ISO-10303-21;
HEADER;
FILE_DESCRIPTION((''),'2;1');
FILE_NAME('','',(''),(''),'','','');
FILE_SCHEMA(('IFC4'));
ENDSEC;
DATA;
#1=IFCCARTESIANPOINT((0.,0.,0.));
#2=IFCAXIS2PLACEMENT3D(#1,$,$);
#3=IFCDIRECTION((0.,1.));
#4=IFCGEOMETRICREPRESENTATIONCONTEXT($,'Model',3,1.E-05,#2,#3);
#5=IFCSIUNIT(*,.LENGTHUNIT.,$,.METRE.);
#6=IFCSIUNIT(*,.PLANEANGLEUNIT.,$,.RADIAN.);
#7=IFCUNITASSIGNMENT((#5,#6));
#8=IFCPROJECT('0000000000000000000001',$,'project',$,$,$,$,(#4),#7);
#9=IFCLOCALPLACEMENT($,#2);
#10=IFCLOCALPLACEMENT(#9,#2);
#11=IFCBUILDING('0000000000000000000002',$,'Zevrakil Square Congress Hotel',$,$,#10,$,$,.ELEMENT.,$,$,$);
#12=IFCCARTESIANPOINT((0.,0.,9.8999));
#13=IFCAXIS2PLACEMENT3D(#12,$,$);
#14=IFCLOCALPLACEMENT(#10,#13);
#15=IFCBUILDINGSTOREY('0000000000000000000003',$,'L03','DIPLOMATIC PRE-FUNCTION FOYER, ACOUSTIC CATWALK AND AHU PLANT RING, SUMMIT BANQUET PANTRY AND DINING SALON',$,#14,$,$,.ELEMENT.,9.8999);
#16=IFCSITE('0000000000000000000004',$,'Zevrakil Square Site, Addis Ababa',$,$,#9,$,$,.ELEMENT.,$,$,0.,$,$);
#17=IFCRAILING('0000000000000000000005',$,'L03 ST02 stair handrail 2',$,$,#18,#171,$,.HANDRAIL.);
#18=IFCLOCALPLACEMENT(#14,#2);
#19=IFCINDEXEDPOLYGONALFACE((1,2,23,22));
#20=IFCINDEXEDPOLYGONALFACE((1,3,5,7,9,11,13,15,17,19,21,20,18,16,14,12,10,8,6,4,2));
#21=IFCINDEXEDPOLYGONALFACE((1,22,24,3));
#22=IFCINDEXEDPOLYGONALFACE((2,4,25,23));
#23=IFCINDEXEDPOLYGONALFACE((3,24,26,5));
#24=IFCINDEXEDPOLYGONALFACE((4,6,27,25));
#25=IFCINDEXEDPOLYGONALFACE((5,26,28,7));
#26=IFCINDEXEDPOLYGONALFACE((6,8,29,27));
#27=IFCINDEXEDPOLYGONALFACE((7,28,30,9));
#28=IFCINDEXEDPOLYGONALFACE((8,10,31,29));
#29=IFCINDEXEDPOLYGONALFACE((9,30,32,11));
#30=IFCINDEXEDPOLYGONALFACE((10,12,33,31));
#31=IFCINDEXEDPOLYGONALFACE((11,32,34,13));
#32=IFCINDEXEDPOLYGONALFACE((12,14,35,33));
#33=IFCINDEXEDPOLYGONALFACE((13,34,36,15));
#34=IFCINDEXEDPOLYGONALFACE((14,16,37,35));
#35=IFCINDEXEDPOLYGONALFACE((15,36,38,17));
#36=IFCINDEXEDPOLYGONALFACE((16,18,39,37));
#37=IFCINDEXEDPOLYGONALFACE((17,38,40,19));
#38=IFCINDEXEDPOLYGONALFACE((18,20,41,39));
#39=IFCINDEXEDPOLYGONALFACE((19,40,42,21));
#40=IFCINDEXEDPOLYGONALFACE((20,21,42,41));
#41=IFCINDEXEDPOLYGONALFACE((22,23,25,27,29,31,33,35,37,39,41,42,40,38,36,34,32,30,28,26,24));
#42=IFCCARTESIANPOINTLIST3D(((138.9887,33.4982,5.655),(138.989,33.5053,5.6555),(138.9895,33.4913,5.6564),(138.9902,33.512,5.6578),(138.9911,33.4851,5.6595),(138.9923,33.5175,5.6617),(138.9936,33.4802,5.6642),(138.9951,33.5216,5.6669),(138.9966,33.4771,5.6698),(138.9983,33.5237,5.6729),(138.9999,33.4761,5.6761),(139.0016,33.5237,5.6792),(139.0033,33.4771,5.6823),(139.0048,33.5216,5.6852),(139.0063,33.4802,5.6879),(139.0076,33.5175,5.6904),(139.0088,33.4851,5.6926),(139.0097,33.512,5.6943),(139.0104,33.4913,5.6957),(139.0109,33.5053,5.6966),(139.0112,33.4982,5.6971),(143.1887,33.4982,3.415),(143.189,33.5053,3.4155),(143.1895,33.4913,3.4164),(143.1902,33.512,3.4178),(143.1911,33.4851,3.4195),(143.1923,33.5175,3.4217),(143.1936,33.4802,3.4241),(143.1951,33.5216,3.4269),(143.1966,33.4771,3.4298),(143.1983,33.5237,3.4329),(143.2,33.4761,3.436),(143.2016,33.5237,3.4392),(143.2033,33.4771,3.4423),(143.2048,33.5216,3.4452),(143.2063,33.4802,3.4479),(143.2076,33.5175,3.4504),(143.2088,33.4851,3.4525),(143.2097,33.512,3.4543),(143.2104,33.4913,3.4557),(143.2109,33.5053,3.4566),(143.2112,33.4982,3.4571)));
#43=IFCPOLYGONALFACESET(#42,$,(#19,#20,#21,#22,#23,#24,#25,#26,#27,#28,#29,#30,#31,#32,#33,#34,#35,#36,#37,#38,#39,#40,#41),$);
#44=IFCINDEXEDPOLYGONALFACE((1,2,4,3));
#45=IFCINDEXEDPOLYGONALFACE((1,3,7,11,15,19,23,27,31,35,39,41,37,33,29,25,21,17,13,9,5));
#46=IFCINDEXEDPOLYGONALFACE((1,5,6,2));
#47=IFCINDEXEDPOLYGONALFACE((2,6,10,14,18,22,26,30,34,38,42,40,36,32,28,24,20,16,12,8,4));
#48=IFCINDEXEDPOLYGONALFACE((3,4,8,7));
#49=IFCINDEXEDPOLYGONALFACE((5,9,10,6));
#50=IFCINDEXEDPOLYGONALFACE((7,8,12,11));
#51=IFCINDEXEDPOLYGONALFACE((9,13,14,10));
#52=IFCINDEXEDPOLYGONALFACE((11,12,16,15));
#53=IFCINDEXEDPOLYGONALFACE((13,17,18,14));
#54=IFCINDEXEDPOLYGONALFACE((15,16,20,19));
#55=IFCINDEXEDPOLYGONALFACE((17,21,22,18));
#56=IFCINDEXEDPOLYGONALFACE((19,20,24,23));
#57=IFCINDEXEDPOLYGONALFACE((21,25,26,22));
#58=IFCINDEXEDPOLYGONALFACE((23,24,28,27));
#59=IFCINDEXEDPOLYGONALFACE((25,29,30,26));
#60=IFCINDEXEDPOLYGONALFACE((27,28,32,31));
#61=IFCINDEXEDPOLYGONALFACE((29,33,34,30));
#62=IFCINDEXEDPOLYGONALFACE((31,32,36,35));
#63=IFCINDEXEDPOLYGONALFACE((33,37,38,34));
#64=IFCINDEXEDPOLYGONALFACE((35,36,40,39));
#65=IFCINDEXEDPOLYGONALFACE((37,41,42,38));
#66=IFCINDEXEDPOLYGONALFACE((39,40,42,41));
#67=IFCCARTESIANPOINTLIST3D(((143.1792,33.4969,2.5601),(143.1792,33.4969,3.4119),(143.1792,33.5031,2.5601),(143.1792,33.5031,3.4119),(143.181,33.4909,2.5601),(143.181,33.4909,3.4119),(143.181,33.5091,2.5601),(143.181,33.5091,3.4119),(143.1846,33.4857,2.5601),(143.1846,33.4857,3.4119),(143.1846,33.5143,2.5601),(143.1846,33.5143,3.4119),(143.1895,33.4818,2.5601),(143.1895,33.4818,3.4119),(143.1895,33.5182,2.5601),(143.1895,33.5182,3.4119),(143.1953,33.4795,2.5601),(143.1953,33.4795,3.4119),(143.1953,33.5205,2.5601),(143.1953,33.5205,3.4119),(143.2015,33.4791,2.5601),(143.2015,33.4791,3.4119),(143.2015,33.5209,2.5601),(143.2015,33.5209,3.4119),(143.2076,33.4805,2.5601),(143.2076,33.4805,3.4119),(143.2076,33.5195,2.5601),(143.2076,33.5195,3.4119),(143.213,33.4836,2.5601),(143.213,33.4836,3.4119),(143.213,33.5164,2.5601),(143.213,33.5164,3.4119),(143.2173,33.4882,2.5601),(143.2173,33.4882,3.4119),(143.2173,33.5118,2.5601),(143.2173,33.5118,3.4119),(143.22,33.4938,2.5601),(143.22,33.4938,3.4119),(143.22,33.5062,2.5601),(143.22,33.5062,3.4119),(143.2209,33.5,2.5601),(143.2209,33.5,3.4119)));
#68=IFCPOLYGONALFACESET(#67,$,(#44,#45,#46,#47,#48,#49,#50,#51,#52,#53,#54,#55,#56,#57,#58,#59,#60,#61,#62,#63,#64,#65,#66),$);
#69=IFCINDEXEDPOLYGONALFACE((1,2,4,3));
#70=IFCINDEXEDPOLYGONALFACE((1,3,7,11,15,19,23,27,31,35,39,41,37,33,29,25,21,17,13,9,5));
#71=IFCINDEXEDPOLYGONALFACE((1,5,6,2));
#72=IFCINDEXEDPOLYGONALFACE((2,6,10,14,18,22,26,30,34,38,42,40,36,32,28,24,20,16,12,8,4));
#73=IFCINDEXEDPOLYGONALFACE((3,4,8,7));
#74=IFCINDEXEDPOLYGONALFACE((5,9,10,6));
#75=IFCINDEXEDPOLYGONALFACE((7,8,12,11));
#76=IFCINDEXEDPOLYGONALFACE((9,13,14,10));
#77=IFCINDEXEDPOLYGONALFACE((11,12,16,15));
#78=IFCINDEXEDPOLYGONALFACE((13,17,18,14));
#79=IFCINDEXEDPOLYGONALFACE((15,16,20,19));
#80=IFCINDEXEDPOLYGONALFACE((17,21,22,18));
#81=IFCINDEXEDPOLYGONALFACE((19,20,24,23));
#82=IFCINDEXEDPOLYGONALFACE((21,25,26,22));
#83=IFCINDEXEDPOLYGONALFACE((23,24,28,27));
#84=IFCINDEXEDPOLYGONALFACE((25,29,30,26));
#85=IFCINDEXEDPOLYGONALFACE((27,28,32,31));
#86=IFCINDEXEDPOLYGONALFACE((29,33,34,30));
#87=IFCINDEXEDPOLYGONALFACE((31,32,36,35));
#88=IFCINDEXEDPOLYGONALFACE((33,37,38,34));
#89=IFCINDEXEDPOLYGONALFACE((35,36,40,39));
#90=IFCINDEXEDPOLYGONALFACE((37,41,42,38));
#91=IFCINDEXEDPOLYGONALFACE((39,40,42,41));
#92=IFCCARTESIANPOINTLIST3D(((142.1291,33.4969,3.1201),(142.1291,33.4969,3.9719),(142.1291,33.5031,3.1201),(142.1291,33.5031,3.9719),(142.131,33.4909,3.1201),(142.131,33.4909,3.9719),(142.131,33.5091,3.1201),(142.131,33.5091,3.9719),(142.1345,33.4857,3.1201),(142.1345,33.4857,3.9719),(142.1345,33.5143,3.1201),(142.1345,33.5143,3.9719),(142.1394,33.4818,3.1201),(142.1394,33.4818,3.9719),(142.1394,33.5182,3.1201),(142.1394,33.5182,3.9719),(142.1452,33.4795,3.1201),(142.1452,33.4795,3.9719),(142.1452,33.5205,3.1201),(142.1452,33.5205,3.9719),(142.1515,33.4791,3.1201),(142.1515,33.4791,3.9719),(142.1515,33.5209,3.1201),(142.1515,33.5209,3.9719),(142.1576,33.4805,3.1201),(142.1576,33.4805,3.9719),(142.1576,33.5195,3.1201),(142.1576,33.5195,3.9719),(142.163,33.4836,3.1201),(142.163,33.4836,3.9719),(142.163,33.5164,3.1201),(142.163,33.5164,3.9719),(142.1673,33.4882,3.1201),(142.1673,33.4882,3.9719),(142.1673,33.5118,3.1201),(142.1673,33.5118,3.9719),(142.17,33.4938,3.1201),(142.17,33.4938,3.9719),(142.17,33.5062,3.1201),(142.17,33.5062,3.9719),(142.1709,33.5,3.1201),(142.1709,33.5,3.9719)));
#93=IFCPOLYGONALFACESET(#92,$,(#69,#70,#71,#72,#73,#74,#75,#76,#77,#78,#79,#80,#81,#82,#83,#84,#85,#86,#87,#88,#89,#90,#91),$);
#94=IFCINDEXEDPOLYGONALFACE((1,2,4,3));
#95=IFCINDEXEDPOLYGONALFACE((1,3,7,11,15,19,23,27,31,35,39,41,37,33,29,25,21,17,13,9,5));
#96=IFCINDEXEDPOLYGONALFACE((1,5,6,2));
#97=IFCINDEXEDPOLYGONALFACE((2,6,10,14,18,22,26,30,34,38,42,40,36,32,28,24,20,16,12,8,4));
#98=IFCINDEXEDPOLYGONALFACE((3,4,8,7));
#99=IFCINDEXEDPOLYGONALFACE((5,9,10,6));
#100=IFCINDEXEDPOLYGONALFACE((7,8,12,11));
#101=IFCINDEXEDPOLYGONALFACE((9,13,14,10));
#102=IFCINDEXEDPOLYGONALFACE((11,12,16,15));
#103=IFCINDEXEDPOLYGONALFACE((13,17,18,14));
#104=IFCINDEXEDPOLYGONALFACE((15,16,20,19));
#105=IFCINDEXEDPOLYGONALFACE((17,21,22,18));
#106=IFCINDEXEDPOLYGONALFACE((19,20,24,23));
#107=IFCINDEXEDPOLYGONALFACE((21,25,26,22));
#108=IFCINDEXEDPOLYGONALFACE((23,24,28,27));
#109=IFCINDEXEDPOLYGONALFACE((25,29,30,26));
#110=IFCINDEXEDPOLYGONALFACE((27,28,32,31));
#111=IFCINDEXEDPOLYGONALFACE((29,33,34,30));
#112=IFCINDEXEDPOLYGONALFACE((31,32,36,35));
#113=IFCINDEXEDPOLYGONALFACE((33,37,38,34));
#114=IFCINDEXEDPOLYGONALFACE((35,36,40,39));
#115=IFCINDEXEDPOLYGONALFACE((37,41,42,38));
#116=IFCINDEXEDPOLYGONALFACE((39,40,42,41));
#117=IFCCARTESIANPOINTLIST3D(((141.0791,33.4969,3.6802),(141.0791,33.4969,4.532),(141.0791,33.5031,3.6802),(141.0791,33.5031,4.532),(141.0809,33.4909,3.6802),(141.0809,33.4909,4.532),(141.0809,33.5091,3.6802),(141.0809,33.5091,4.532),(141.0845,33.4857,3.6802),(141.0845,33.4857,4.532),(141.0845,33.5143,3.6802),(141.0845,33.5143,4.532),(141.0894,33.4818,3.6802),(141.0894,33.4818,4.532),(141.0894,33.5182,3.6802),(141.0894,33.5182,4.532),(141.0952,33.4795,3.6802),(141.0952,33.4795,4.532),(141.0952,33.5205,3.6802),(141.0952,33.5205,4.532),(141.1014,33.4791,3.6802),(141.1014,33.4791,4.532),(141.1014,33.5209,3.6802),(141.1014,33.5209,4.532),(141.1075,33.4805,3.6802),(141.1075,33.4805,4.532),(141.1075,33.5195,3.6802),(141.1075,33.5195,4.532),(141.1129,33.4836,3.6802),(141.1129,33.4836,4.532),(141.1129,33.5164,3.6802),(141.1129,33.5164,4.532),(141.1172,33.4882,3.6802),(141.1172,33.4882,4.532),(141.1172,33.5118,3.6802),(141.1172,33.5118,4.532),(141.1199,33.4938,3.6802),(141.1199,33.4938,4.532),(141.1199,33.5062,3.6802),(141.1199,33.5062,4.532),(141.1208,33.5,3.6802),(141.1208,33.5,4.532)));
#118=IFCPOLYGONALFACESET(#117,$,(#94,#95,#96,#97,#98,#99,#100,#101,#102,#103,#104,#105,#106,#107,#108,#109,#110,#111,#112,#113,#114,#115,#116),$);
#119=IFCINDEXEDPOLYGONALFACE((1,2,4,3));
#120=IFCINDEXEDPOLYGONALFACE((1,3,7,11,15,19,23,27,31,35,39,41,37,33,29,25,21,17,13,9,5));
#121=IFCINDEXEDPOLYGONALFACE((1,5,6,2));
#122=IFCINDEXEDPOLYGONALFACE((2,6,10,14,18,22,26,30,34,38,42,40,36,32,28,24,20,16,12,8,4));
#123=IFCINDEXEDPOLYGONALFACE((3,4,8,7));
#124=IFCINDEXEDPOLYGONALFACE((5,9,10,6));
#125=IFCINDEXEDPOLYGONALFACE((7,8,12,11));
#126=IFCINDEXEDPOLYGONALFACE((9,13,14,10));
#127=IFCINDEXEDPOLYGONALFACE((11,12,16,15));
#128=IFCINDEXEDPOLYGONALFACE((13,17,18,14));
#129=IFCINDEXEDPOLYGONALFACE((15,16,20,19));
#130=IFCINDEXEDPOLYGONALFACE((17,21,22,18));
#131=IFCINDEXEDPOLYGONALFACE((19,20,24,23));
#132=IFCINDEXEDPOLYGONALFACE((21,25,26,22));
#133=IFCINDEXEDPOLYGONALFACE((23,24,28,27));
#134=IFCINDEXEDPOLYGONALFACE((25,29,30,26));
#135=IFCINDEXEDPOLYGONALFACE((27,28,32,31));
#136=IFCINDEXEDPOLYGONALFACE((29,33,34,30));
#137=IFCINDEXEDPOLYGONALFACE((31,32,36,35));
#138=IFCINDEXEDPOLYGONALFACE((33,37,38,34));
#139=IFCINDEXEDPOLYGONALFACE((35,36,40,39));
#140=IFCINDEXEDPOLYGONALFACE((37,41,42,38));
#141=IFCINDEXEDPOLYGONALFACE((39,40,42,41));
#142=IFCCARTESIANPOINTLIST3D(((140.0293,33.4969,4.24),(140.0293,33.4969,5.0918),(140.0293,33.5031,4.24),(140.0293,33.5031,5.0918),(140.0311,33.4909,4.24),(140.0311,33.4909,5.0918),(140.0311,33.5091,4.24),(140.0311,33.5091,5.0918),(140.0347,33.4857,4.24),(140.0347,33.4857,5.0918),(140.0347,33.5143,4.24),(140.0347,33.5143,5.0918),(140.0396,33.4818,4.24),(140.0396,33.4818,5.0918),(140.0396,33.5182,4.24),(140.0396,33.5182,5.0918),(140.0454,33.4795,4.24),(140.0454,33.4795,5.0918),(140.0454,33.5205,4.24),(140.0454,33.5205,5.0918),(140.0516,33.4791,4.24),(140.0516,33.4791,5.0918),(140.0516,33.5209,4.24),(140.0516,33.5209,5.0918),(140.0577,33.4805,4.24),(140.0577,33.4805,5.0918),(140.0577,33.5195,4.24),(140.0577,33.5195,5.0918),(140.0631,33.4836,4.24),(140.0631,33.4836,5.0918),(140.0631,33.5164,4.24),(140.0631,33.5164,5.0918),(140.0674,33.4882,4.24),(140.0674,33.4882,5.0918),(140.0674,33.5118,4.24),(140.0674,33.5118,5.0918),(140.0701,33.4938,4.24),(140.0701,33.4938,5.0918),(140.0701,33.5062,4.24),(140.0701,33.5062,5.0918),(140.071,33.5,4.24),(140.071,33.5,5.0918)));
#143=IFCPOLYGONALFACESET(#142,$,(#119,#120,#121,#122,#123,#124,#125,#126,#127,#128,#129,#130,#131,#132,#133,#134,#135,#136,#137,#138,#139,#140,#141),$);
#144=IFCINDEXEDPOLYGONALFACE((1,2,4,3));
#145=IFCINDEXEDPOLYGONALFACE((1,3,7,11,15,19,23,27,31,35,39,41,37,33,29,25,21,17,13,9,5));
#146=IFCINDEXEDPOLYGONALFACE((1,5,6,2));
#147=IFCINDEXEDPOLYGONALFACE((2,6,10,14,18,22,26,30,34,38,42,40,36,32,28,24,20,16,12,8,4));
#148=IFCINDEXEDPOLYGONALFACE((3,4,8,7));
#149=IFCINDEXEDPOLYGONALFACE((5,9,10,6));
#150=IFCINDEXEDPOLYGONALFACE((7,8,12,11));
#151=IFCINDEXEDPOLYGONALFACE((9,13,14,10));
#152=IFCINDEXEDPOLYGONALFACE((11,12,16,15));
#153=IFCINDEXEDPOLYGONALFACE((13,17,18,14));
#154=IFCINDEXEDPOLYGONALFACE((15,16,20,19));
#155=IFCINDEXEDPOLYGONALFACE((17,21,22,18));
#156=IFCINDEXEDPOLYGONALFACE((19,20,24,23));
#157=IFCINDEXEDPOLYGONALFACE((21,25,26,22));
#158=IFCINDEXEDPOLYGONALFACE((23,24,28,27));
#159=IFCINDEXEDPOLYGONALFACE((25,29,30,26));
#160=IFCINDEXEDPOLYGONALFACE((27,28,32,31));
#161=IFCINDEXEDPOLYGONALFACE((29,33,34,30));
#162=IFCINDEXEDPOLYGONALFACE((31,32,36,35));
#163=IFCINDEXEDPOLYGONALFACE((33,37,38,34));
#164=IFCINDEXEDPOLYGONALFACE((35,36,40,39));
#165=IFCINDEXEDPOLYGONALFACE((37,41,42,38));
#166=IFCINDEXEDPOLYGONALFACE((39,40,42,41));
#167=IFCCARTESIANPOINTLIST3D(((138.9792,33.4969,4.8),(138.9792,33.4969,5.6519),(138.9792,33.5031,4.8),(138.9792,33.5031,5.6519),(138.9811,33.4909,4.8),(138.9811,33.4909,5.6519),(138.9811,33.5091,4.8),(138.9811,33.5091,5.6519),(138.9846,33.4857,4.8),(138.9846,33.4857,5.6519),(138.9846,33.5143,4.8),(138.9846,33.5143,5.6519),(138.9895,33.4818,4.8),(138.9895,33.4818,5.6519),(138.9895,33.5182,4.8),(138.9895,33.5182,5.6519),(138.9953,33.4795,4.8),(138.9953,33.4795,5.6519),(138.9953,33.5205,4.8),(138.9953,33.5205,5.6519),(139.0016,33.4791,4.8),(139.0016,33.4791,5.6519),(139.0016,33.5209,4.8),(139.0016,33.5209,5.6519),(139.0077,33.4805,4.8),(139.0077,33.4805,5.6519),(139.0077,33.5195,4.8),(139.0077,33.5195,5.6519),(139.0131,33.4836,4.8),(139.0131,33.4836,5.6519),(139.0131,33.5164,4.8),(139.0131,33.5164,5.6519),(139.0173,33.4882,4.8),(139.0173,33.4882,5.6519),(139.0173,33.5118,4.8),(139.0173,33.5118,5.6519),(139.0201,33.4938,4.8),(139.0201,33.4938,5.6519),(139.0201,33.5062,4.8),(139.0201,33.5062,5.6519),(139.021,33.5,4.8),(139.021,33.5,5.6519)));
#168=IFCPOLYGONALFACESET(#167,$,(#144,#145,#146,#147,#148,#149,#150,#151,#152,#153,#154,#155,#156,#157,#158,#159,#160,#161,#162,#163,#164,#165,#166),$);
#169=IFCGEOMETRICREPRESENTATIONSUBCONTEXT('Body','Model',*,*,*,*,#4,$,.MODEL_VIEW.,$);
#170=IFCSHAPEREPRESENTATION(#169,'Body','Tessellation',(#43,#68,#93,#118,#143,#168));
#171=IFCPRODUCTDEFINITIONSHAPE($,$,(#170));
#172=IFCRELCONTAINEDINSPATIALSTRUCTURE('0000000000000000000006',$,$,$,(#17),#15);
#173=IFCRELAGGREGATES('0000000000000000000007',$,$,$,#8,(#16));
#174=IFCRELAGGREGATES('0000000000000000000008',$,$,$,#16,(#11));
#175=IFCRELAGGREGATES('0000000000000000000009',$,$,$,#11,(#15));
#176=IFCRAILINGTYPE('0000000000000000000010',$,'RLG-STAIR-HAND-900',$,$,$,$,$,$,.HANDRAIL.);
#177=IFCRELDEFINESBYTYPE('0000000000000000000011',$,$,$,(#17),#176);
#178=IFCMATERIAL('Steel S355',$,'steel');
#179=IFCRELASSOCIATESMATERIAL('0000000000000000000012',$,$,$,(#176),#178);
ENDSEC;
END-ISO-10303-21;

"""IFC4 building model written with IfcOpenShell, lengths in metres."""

from ifc_helpers import new_model, si_unit, direction, frame, origin, origin_2d, place, context, subcontext, project, spatial, circle, extrude, material, type_object, element, save


model = new_model("IFC4")

# Units and contexts
model_context = context("Model", 3, precision=1e-05, world=origin(), true_north=direction((0.0, 1.0)))
body_context = subcontext(model_context, "Body", "Model", "MODEL_VIEW")
ifc_project = project(units=[si_unit("LENGTHUNIT", "METRE"), si_unit("PLANEANGLEUNIT", "RADIAN")], contexts=[model_context])

# Site, building, storey
site_placement = place(None, origin())
site = spatial("IfcSite", under=ifc_project, at=site_placement, Name="Zevrakil Square Site, Addis Ababa", CompositionType="ELEMENT", RefElevation=0.0)
building_placement = place(site_placement, origin())
building = spatial("IfcBuilding", under=site, at=building_placement, Name="Zevrakil Square Congress Hotel", CompositionType="ELEMENT")
storey_placement = place(building_placement, frame((0.0, 0.0, 9.8999)))
storey = spatial("IfcBuildingStorey", under=building, at=storey_placement, Name="L03", Description="DIPLOMATIC PRE-FUNCTION FOYER, ACOUSTIC CATWALK AND AHU PLANT RING, SUMMIT BANQUET PANTRY AND DINING SALON", CompositionType="ELEMENT", Elevation=9.8999)

# Railing
ifc_material_1 = material(Name="Steel S355", Category="steel")
railing_type = type_object("IfcRailingType", Name="RLG-STAIR-HAND-900", PredefinedType="HANDRAIL", material=ifc_material_1)
railing_placement = place(storey_placement, frame((143.2, 33.5, 2.5601)))
element("IfcRailing", 1, at=railing_placement, inside=storey, type_object=railing_type, Name="L03 ST02 stair handrail 2", PredefinedType="HANDRAIL", context=body_context, shape_type="SweptSolid", body=[
    extrude(circle(Radius=0.0239, at=origin_2d()), frame((0.0, 0.0, 0.876), z_axis=(-0.882352, 0.0, 0.470591), x_axis=(0.0, -1.0, 0.0)), (0.0, 0.0, 1.0), 4.76),
    extrude(circle(Radius=0.021, at=origin_2d()), origin(), (0.0, 0.0, 1.0), 0.8518),
    extrude(circle(Radius=0.021, at=origin_2d()), frame((-1.05, 0.0, 0.5601)), (0.0, 0.0, 1.0), 0.8518),
    extrude(circle(Radius=0.021, at=origin_2d()), frame((-2.1001, 0.0, 1.1201)), (0.0, 0.0, 1.0), 0.8518),
    extrude(circle(Radius=0.021, at=origin_2d()), frame((-3.1499, 0.0, 1.6799)), (0.0, 0.0, 1.0), 0.8518),
    extrude(circle(Radius=0.021, at=origin_2d()), frame((-4.2, 0.0, 2.24)), (0.0, 0.0, 1.0), 0.8518),
])

save(model, "model.ifc")
